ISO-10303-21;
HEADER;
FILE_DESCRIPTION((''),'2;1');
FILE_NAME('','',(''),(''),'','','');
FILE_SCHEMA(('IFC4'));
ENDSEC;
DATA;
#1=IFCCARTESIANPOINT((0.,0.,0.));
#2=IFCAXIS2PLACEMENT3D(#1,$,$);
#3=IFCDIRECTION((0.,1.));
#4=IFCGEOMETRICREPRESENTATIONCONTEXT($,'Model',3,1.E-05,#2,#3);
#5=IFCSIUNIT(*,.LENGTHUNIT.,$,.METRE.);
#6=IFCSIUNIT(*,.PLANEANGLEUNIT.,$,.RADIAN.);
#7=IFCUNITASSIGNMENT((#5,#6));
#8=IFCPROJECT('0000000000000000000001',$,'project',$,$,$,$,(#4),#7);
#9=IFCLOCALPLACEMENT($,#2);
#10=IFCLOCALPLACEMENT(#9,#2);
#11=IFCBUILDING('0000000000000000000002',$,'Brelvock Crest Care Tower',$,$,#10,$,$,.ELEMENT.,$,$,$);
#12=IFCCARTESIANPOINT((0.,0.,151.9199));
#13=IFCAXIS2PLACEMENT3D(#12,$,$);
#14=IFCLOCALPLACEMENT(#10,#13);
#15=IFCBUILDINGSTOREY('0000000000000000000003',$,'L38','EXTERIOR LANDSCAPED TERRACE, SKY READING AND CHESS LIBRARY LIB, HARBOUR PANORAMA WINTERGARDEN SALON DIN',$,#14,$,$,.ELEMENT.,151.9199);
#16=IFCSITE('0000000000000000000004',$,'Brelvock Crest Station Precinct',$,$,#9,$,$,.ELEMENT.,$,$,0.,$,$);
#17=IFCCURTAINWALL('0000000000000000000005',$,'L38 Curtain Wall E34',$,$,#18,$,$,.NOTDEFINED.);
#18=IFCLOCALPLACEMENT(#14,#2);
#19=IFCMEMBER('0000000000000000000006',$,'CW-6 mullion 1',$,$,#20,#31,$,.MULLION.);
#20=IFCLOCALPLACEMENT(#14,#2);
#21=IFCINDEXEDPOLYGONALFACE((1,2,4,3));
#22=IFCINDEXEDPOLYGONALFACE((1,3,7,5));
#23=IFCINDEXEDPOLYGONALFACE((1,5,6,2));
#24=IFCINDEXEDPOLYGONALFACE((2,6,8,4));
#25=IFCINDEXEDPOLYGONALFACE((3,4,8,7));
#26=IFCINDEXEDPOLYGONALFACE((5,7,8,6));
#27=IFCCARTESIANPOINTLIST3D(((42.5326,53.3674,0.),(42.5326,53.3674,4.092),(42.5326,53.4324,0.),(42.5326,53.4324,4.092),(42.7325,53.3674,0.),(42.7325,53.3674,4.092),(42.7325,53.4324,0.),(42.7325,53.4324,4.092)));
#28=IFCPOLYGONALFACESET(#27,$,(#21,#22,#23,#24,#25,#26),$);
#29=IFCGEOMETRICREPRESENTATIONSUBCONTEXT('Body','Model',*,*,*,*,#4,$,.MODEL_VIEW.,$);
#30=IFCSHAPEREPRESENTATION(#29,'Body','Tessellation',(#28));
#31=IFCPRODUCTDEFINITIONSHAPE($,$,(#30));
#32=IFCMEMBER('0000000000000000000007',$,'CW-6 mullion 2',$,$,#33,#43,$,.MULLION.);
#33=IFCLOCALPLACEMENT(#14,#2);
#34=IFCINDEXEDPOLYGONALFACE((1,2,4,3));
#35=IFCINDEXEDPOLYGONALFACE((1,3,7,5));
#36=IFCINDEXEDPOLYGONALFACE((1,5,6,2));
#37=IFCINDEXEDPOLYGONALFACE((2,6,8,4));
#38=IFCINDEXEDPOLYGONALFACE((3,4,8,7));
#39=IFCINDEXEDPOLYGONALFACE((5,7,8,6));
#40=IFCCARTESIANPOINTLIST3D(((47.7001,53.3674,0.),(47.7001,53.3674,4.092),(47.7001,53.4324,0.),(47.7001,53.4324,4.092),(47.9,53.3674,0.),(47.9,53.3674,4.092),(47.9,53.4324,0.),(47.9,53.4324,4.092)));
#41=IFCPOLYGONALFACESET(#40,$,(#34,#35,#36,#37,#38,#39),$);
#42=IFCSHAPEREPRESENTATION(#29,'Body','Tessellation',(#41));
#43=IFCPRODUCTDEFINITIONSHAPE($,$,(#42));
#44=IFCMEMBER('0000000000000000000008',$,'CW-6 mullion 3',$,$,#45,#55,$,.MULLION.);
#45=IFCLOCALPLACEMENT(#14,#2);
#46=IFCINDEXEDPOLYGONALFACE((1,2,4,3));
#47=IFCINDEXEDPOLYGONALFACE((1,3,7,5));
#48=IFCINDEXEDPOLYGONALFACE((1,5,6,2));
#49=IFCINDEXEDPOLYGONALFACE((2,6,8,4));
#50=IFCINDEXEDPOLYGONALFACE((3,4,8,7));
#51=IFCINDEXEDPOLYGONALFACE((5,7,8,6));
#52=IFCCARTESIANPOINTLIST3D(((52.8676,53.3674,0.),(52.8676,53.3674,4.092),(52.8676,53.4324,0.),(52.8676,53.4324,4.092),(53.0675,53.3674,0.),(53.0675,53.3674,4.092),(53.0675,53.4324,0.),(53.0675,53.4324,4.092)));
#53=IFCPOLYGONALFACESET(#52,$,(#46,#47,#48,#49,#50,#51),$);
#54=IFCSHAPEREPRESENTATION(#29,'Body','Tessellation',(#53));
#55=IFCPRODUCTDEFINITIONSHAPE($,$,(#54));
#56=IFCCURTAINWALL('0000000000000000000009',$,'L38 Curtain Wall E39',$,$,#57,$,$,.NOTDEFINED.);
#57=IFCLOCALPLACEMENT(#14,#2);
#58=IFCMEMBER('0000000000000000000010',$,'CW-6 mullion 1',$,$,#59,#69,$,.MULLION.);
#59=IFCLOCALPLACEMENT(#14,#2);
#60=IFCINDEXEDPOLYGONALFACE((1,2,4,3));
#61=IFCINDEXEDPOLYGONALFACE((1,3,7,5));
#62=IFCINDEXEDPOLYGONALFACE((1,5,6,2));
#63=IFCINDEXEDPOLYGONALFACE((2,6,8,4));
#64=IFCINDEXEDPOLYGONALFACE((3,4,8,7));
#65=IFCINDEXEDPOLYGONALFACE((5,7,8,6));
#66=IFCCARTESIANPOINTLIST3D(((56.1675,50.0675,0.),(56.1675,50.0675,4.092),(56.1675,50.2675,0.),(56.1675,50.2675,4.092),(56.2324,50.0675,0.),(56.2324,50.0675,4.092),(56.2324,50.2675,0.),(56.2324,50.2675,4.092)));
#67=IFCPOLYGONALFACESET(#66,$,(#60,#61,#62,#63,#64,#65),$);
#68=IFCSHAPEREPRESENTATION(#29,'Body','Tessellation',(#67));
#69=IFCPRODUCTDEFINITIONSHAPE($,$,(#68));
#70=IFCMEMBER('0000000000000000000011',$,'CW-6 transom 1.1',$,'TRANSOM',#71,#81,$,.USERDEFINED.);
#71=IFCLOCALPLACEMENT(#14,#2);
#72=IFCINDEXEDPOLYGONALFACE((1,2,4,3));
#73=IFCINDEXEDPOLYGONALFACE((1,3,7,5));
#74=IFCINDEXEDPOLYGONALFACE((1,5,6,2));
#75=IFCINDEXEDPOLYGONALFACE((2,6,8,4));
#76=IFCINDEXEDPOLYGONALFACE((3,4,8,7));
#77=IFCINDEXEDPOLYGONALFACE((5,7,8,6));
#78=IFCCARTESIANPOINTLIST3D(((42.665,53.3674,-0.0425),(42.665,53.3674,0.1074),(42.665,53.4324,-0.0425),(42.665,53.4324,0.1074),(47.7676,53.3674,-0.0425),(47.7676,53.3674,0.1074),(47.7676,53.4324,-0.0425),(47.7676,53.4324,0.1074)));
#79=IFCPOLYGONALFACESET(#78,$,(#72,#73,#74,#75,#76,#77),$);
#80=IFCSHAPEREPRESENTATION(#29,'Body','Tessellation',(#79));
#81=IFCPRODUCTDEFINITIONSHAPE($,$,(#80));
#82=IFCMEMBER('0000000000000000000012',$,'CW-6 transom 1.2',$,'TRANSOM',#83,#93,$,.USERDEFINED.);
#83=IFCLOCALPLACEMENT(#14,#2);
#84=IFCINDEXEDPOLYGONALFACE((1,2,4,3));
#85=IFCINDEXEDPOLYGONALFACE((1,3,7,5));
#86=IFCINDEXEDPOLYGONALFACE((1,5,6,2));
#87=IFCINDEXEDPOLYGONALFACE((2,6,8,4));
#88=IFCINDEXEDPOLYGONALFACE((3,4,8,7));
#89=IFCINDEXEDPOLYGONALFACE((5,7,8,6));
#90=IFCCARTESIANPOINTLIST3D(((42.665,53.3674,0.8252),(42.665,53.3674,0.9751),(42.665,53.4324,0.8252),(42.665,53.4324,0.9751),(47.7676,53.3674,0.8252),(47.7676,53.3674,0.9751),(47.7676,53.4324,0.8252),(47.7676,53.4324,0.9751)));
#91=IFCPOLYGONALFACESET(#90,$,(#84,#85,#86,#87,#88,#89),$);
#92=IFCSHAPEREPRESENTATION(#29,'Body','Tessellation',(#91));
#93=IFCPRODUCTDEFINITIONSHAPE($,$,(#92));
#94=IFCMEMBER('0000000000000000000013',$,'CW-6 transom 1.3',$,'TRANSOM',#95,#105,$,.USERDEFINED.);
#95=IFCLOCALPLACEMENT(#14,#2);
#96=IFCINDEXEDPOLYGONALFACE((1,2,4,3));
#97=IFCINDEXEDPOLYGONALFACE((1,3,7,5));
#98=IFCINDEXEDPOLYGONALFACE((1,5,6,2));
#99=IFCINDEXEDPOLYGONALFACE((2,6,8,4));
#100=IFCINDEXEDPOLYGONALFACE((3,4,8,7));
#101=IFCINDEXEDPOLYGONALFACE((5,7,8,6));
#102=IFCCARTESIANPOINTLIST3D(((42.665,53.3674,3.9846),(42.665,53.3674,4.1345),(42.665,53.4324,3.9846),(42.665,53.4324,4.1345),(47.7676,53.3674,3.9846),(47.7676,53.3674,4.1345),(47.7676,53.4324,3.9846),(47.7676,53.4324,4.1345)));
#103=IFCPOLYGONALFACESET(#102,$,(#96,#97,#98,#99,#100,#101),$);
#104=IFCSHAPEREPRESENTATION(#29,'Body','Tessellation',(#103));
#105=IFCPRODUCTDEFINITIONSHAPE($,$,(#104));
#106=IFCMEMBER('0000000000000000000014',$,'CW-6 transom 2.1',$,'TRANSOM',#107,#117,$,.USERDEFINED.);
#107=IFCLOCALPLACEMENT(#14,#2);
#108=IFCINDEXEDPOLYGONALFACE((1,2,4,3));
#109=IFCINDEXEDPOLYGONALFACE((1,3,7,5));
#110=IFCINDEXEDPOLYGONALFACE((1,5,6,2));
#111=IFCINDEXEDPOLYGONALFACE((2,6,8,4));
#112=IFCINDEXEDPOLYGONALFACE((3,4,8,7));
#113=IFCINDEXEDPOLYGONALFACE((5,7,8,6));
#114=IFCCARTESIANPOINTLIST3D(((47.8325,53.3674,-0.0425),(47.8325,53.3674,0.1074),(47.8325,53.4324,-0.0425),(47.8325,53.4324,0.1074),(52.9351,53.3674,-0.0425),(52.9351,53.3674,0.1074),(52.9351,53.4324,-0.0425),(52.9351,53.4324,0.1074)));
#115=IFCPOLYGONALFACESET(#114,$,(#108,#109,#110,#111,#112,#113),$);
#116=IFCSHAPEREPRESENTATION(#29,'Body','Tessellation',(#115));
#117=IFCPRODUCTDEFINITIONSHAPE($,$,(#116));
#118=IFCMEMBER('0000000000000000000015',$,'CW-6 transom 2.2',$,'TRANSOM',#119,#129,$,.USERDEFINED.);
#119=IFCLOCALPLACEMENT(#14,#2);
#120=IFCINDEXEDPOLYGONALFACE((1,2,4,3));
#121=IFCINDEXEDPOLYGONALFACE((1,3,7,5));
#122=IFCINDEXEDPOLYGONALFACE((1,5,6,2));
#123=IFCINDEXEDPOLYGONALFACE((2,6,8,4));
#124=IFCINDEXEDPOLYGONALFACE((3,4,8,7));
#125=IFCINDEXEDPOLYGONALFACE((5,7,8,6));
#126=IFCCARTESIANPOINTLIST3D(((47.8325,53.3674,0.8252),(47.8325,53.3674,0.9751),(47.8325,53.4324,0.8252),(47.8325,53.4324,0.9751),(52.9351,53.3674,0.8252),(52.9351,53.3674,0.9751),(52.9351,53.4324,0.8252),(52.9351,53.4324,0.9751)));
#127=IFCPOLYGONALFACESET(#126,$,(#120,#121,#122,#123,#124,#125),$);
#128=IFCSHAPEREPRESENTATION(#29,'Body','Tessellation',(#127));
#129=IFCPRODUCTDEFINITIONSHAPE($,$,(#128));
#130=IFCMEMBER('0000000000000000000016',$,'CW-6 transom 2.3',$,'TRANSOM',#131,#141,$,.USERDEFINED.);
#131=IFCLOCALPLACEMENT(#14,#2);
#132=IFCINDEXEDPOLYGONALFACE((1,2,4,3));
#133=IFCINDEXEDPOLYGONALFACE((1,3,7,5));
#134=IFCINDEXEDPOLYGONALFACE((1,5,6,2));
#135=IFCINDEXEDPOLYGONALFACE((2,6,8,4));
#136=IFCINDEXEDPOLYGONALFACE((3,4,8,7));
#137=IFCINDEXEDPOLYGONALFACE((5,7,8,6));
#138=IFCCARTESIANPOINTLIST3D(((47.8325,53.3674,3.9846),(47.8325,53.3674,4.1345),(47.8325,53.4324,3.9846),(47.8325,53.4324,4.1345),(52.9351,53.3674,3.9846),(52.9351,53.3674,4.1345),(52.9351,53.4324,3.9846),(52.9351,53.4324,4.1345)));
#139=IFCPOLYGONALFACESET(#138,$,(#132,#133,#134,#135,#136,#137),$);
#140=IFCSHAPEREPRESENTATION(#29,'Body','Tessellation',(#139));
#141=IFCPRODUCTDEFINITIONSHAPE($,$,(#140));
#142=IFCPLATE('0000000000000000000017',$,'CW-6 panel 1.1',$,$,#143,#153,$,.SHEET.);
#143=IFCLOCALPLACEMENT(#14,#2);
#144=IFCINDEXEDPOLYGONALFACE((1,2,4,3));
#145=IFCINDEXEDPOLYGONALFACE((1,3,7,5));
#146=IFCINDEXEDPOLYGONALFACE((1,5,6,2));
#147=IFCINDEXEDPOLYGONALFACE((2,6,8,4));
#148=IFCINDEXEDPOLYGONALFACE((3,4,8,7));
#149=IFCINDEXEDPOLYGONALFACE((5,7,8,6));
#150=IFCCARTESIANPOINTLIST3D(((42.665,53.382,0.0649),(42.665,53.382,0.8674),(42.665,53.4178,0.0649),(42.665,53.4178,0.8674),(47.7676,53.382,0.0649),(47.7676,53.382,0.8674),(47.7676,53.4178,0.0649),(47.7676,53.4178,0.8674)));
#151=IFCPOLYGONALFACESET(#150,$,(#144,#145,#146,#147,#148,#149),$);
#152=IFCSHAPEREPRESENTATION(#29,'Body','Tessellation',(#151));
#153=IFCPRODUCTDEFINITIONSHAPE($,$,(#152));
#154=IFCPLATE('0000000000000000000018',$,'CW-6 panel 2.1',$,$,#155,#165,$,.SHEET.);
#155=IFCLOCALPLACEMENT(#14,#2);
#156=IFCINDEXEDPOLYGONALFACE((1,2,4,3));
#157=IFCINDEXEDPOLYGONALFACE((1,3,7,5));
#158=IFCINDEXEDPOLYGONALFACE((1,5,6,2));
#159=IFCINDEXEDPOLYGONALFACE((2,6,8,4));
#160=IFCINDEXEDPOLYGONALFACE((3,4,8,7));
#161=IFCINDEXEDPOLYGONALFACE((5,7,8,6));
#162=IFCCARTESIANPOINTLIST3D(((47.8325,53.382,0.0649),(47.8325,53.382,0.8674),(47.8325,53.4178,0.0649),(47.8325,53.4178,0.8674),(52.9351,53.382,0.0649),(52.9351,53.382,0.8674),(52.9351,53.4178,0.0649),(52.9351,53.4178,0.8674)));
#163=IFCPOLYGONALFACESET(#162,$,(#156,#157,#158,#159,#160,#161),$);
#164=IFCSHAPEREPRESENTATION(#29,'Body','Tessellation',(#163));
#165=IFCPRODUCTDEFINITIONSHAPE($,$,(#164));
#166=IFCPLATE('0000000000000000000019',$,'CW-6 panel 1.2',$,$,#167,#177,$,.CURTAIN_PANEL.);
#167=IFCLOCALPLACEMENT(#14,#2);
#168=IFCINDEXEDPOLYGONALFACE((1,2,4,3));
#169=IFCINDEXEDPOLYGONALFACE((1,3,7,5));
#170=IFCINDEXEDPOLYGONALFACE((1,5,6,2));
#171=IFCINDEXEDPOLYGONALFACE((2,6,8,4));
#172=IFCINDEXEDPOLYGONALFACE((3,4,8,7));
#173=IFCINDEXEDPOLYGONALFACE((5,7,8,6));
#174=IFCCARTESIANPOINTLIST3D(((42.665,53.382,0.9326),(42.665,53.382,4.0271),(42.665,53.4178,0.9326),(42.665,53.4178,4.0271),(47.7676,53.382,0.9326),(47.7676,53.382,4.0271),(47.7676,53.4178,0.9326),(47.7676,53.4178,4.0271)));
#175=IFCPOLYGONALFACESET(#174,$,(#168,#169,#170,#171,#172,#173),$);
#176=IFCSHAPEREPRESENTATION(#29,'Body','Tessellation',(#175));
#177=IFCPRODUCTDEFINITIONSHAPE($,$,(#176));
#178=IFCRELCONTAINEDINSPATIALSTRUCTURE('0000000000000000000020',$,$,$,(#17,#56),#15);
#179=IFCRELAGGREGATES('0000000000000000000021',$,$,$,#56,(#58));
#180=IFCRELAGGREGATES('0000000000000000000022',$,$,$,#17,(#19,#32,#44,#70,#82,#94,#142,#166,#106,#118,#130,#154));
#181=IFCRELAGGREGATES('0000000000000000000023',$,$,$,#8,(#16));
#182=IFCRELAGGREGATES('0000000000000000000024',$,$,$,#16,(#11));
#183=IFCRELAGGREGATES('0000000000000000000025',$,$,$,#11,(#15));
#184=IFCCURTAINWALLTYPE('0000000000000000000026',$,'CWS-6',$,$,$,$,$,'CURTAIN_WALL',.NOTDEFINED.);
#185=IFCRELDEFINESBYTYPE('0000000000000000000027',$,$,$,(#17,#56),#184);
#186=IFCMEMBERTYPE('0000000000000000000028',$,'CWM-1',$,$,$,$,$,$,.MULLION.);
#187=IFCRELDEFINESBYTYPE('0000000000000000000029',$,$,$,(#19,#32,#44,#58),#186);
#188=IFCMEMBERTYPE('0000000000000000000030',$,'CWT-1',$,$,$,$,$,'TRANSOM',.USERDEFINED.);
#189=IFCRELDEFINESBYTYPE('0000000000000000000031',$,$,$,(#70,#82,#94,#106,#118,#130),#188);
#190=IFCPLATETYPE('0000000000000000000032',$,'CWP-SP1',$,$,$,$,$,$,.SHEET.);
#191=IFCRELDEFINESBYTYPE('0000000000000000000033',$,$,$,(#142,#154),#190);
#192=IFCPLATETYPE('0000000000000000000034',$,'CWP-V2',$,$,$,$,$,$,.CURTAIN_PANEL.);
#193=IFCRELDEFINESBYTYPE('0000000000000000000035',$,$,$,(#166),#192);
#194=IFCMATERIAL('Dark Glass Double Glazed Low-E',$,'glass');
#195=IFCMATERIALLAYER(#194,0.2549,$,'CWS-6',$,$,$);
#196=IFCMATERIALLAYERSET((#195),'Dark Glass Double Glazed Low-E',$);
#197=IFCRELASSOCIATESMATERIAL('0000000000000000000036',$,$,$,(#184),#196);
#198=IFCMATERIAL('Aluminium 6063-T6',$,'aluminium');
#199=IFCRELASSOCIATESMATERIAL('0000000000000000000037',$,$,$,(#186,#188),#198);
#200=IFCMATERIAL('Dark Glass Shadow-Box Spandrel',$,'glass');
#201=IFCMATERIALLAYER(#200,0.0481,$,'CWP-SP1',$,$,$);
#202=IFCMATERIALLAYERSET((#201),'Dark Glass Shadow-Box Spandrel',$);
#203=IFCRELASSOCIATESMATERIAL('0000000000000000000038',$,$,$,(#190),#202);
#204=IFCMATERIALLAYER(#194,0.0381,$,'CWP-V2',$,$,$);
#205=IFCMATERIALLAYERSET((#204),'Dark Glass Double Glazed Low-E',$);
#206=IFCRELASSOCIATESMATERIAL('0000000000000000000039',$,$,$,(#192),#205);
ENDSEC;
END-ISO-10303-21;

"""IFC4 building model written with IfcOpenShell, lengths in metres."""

from ifc_helpers import new_model, si_unit, direction, frame, origin, origin_2d, place, context, subcontext, project, spatial, rectangle, extrude, source, transform, mapped, material, layer, layer_set, material_profile, profile_set, type_object, element, aggregate, save


model = new_model("IFC4")

# Units and contexts
model_context = context("Model", 3, precision=1e-05, world=origin(), true_north=direction((0.0, 1.0)))
body_context = subcontext(model_context, "Body", "Model", "MODEL_VIEW")
ifc_project = project(units=[si_unit("LENGTHUNIT", "METRE"), si_unit("PLANEANGLEUNIT", "RADIAN")], contexts=[model_context])

# Site, building, storey
site_placement = place(None, origin())
site = spatial("IfcSite", under=ifc_project, at=site_placement, Name="Brelvock Crest Station Precinct", CompositionType="ELEMENT", RefElevation=0.0)
building_placement = place(site_placement, origin())
building = spatial("IfcBuilding", under=site, at=building_placement, Name="Brelvock Crest Care Tower", CompositionType="ELEMENT")
storey_placement = place(building_placement, frame((0.0, 0.0, 151.9199)))
storey = spatial("IfcBuildingStorey", under=building, at=storey_placement, Name="L38", Description="EXTERIOR LANDSCAPED TERRACE, SKY READING AND CHESS LIBRARY LIB, HARBOUR PANORAMA WINTERGARDEN SALON DIN", CompositionType="ELEMENT", Elevation=151.9199)

# Curtain wall, members
ifc_material_1 = material(Name="Dark Glass Double Glazed Low-E", Category="glass")
ifc_layer_1 = layer(ifc_material_1, 0.2549, Name="CWS-6")
ifc_layer_set_1 = layer_set([ifc_layer_1], Name="Dark Glass Double Glazed Low-E")
curtain_wall_type = type_object("IfcCurtainWallType", Name="CWS-6", ElementType="CURTAIN_WALL", PredefinedType="NOTDEFINED", material=ifc_layer_set_1)
curtain_wall_1_placement = place(storey_placement, origin())
curtain_wall_1 = element("IfcCurtainWall", 1, at=curtain_wall_1_placement, inside=storey, type_object=curtain_wall_type, Name="L38 Curtain Wall E34", PredefinedType="NOTDEFINED")
ifc_material_2 = material(Name="Aluminium 6063-T6", Category="aluminium")
ifc_material_profile_1 = material_profile(ifc_material_2, rectangle(XDim=0.0649, YDim=0.2, at=origin_2d()), Name="ALU65x200")
ifc_profile_set_1 = profile_set([ifc_material_profile_1], Name="Aluminium 6063-T6")
member_type_1 = type_object("IfcMemberType", Name="CWM-1", PredefinedType="MULLION", material=ifc_profile_set_1)
shared_shape_1 = source(origin(), body_context, "Body", "SweptSolid", [
    extrude(rectangle(XDim=0.0649, YDim=0.2, at=origin_2d()), origin(), (0.0, 0.0, 1.0), 4.092),
])
member_1_placement = place(storey_placement, frame((42.6326, 53.3999, 0.0), z_axis=(0.0, 0.0, 1.0), x_axis=(0.0, 1.0, 0.0)))
member_1 = element("IfcMember", 2, at=member_1_placement, type_object=member_type_1, Name="CW-6 mullion 1", PredefinedType="MULLION", context=body_context, shape_type="MappedRepresentation", body=[
    mapped(shared_shape_1, transform((0.0, 0.0, 0.0), x_axis=(1.0, 0.0, 0.0), y_axis=(0.0, 1.0, 0.0), z_axis=(0.0, 0.0, 1.0), scale=1.0)),
])
member_2_placement = place(storey_placement, frame((47.8, 53.3999, 0.0), z_axis=(0.0, 0.0, 1.0), x_axis=(0.0, 1.0, 0.0)))
member_2 = element("IfcMember", 3, at=member_2_placement, type_object=member_type_1, Name="CW-6 mullion 2", PredefinedType="MULLION", context=body_context, shape_type="MappedRepresentation", body=[
    mapped(shared_shape_1, transform((0.0, 0.0, 0.0), x_axis=(1.0, 0.0, 0.0), y_axis=(0.0, 1.0, 0.0), z_axis=(0.0, 0.0, 1.0), scale=1.0)),
])
member_3_placement = place(storey_placement, frame((52.9675, 53.3999, 0.0), z_axis=(0.0, 0.0, 1.0), x_axis=(0.0, 1.0, 0.0)))
member_3 = element("IfcMember", 4, at=member_3_placement, type_object=member_type_1, Name="CW-6 mullion 3", PredefinedType="MULLION", context=body_context, shape_type="MappedRepresentation", body=[
    mapped(shared_shape_1, transform((0.0, 0.0, 0.0), x_axis=(1.0, 0.0, 0.0), y_axis=(0.0, 1.0, 0.0), z_axis=(0.0, 0.0, 1.0), scale=1.0)),
])

# Curtain wall, member
curtain_wall_2_placement = place(storey_placement, origin())
curtain_wall_2 = element("IfcCurtainWall", 5, at=curtain_wall_2_placement, inside=storey, type_object=curtain_wall_type, Name="L38 Curtain Wall E39", PredefinedType="NOTDEFINED")
member_4_placement = place(storey_placement, frame((56.2, 50.1675, 0.0), z_axis=(0.0, 0.0, 1.0), x_axis=(1.0, 0.0, 0.0)))
member_4 = element("IfcMember", 6, at=member_4_placement, type_object=member_type_1, Name="CW-6 mullion 1", PredefinedType="MULLION", context=body_context, shape_type="MappedRepresentation", body=[
    mapped(shared_shape_1, transform((0.0, 0.0, 0.0), x_axis=(1.0, 0.0, 0.0), y_axis=(0.0, 1.0, 0.0), z_axis=(0.0, 0.0, 1.0), scale=1.0)),
])
aggregate(curtain_wall_2, [member_4])

# Members
ifc_material_profile_2 = material_profile(ifc_material_2, rectangle(XDim=0.0649, YDim=0.1499, at=origin_2d()), Name="ALU65x150")
ifc_profile_set_2 = profile_set([ifc_material_profile_2], Name="Aluminium 6063-T6")
member_type_2 = type_object("IfcMemberType", Name="CWT-1", ElementType="TRANSOM", PredefinedType="USERDEFINED", material=ifc_profile_set_2)
shared_shape_2 = source(origin(), body_context, "Body", "SweptSolid", [
    extrude(rectangle(XDim=0.0649, YDim=0.1499, at=origin_2d()), origin(), (0.0, 0.0, 1.0), 5.1025),
])
member_5_placement = place(storey_placement, frame((42.665, 53.3999, 0.0325), z_axis=(1.0, 0.0, 0.0), x_axis=(0.0, 1.0, 0.0)))
member_5 = element("IfcMember", 7, at=member_5_placement, type_object=member_type_2, Name="CW-6 transom 1.1", ObjectType="TRANSOM", PredefinedType="USERDEFINED", context=body_context, shape_type="MappedRepresentation", body=[
    mapped(shared_shape_2, transform((0.0, 0.0, 0.0), x_axis=(1.0, 0.0, 0.0), y_axis=(0.0, 1.0, 0.0), z_axis=(0.0, 0.0, 1.0), scale=1.0)),
])
member_6_placement = place(storey_placement, frame((42.665, 53.3999, 0.9001), z_axis=(1.0, 0.0, 0.0), x_axis=(0.0, 1.0, 0.0)))
member_6 = element("IfcMember", 8, at=member_6_placement, type_object=member_type_2, Name="CW-6 transom 1.2", ObjectType="TRANSOM", PredefinedType="USERDEFINED", context=body_context, shape_type="MappedRepresentation", body=[
    mapped(shared_shape_2, transform((0.0, 0.0, 0.0), x_axis=(1.0, 0.0, 0.0), y_axis=(0.0, 1.0, 0.0), z_axis=(0.0, 0.0, 1.0), scale=1.0)),
])
member_7_placement = place(storey_placement, frame((42.665, 53.3999, 4.0596), z_axis=(1.0, 0.0, 0.0), x_axis=(0.0, 1.0, 0.0)))
member_7 = element("IfcMember", 9, at=member_7_placement, type_object=member_type_2, Name="CW-6 transom 1.3", ObjectType="TRANSOM", PredefinedType="USERDEFINED", context=body_context, shape_type="MappedRepresentation", body=[
    mapped(shared_shape_2, transform((0.0, 0.0, 0.0), x_axis=(1.0, 0.0, 0.0), y_axis=(0.0, 1.0, 0.0), z_axis=(0.0, 0.0, 1.0), scale=1.0)),
])
member_8_placement = place(storey_placement, frame((47.8325, 53.3999, 0.0325), z_axis=(1.0, 0.0, 0.0), x_axis=(0.0, 1.0, 0.0)))
member_8 = element("IfcMember", 10, at=member_8_placement, type_object=member_type_2, Name="CW-6 transom 2.1", ObjectType="TRANSOM", PredefinedType="USERDEFINED", context=body_context, shape_type="MappedRepresentation", body=[
    mapped(shared_shape_2, transform((0.0, 0.0, 0.0), x_axis=(1.0, 0.0, 0.0), y_axis=(0.0, 1.0, 0.0), z_axis=(0.0, 0.0, 1.0), scale=1.0)),
])
member_9_placement = place(storey_placement, frame((47.8325, 53.3999, 0.9001), z_axis=(1.0, 0.0, 0.0), x_axis=(0.0, 1.0, 0.0)))
member_9 = element("IfcMember", 11, at=member_9_placement, type_object=member_type_2, Name="CW-6 transom 2.2", ObjectType="TRANSOM", PredefinedType="USERDEFINED", context=body_context, shape_type="MappedRepresentation", body=[
    mapped(shared_shape_2, transform((0.0, 0.0, 0.0), x_axis=(1.0, 0.0, 0.0), y_axis=(0.0, 1.0, 0.0), z_axis=(0.0, 0.0, 1.0), scale=1.0)),
])
member_10_placement = place(storey_placement, frame((47.8325, 53.3999, 4.0596), z_axis=(1.0, 0.0, 0.0), x_axis=(0.0, 1.0, 0.0)))
member_10 = element("IfcMember", 12, at=member_10_placement, type_object=member_type_2, Name="CW-6 transom 2.3", ObjectType="TRANSOM", PredefinedType="USERDEFINED", context=body_context, shape_type="MappedRepresentation", body=[
    mapped(shared_shape_2, transform((0.0, 0.0, 0.0), x_axis=(1.0, 0.0, 0.0), y_axis=(0.0, 1.0, 0.0), z_axis=(0.0, 0.0, 1.0), scale=1.0)),
])

# Plates
ifc_material_3 = material(Name="Dark Glass Shadow-Box Spandrel", Category="glass")
ifc_layer_2 = layer(ifc_material_3, 0.0481, Name="CWP-SP1")
ifc_layer_set_2 = layer_set([ifc_layer_2], Name="Dark Glass Shadow-Box Spandrel")
plate_type_1 = type_object("IfcPlateType", Name="CWP-SP1", PredefinedType="SHEET", material=ifc_layer_set_2)
shared_shape_3 = source(origin(), body_context, "Body", "SweptSolid", [
    extrude(rectangle(XDim=5.1025, YDim=0.0359, at=origin_2d()), origin(), (0.0, 0.0, 1.0), 0.8025),
])
plate_1_placement = place(storey_placement, frame((45.2163, 53.3999, 0.0649), z_axis=(0.0, 0.0, 1.0), x_axis=(1.0, 0.0, 0.0)))
plate_1 = element("IfcPlate", 13, at=plate_1_placement, type_object=plate_type_1, Name="CW-6 panel 1.1", PredefinedType="SHEET", context=body_context, shape_type="MappedRepresentation", body=[
    mapped(shared_shape_3, transform((0.0, 0.0, 0.0), x_axis=(1.0, 0.0, 0.0), y_axis=(0.0, 1.0, 0.0), z_axis=(0.0, 0.0, 1.0), scale=1.0)),
])
plate_2_placement = place(storey_placement, frame((50.3838, 53.3999, 0.0649), z_axis=(0.0, 0.0, 1.0), x_axis=(1.0, 0.0, 0.0)))
plate_2 = element("IfcPlate", 14, at=plate_2_placement, type_object=plate_type_1, Name="CW-6 panel 2.1", PredefinedType="SHEET", context=body_context, shape_type="MappedRepresentation", body=[
    mapped(shared_shape_3, transform((0.0, 0.0, 0.0), x_axis=(1.0, 0.0, 0.0), y_axis=(0.0, 1.0, 0.0), z_axis=(0.0, 0.0, 1.0), scale=1.0)),
])
ifc_layer_3 = layer(ifc_material_1, 0.0381, Name="CWP-V2")
ifc_layer_set_3 = layer_set([ifc_layer_3], Name="Dark Glass Double Glazed Low-E")
plate_type_2 = type_object("IfcPlateType", Name="CWP-V2", PredefinedType="CURTAIN_PANEL", material=ifc_layer_set_3)
shared_shape_4 = source(origin(), body_context, "Body", "SweptSolid", [
    extrude(rectangle(XDim=5.1025, YDim=0.0359, at=origin_2d()), origin(), (0.0, 0.0, 1.0), 3.0945),
])
plate_3_placement = place(storey_placement, frame((45.2163, 53.3999, 0.9326), z_axis=(0.0, 0.0, 1.0), x_axis=(1.0, 0.0, 0.0)))
plate_3 = element("IfcPlate", 15, at=plate_3_placement, type_object=plate_type_2, Name="CW-6 panel 1.2", PredefinedType="CURTAIN_PANEL", context=body_context, shape_type="MappedRepresentation", body=[
    mapped(shared_shape_4, transform((0.0, 0.0, 0.0), x_axis=(1.0, 0.0, 0.0), y_axis=(0.0, 1.0, 0.0), z_axis=(0.0, 0.0, 1.0), scale=1.0)),
])
aggregate(curtain_wall_1, [member_1, member_2, member_3, member_5, member_6, member_7, plate_1, plate_3, member_8, member_9, member_10, plate_2])

save(model, "model.ifc")
